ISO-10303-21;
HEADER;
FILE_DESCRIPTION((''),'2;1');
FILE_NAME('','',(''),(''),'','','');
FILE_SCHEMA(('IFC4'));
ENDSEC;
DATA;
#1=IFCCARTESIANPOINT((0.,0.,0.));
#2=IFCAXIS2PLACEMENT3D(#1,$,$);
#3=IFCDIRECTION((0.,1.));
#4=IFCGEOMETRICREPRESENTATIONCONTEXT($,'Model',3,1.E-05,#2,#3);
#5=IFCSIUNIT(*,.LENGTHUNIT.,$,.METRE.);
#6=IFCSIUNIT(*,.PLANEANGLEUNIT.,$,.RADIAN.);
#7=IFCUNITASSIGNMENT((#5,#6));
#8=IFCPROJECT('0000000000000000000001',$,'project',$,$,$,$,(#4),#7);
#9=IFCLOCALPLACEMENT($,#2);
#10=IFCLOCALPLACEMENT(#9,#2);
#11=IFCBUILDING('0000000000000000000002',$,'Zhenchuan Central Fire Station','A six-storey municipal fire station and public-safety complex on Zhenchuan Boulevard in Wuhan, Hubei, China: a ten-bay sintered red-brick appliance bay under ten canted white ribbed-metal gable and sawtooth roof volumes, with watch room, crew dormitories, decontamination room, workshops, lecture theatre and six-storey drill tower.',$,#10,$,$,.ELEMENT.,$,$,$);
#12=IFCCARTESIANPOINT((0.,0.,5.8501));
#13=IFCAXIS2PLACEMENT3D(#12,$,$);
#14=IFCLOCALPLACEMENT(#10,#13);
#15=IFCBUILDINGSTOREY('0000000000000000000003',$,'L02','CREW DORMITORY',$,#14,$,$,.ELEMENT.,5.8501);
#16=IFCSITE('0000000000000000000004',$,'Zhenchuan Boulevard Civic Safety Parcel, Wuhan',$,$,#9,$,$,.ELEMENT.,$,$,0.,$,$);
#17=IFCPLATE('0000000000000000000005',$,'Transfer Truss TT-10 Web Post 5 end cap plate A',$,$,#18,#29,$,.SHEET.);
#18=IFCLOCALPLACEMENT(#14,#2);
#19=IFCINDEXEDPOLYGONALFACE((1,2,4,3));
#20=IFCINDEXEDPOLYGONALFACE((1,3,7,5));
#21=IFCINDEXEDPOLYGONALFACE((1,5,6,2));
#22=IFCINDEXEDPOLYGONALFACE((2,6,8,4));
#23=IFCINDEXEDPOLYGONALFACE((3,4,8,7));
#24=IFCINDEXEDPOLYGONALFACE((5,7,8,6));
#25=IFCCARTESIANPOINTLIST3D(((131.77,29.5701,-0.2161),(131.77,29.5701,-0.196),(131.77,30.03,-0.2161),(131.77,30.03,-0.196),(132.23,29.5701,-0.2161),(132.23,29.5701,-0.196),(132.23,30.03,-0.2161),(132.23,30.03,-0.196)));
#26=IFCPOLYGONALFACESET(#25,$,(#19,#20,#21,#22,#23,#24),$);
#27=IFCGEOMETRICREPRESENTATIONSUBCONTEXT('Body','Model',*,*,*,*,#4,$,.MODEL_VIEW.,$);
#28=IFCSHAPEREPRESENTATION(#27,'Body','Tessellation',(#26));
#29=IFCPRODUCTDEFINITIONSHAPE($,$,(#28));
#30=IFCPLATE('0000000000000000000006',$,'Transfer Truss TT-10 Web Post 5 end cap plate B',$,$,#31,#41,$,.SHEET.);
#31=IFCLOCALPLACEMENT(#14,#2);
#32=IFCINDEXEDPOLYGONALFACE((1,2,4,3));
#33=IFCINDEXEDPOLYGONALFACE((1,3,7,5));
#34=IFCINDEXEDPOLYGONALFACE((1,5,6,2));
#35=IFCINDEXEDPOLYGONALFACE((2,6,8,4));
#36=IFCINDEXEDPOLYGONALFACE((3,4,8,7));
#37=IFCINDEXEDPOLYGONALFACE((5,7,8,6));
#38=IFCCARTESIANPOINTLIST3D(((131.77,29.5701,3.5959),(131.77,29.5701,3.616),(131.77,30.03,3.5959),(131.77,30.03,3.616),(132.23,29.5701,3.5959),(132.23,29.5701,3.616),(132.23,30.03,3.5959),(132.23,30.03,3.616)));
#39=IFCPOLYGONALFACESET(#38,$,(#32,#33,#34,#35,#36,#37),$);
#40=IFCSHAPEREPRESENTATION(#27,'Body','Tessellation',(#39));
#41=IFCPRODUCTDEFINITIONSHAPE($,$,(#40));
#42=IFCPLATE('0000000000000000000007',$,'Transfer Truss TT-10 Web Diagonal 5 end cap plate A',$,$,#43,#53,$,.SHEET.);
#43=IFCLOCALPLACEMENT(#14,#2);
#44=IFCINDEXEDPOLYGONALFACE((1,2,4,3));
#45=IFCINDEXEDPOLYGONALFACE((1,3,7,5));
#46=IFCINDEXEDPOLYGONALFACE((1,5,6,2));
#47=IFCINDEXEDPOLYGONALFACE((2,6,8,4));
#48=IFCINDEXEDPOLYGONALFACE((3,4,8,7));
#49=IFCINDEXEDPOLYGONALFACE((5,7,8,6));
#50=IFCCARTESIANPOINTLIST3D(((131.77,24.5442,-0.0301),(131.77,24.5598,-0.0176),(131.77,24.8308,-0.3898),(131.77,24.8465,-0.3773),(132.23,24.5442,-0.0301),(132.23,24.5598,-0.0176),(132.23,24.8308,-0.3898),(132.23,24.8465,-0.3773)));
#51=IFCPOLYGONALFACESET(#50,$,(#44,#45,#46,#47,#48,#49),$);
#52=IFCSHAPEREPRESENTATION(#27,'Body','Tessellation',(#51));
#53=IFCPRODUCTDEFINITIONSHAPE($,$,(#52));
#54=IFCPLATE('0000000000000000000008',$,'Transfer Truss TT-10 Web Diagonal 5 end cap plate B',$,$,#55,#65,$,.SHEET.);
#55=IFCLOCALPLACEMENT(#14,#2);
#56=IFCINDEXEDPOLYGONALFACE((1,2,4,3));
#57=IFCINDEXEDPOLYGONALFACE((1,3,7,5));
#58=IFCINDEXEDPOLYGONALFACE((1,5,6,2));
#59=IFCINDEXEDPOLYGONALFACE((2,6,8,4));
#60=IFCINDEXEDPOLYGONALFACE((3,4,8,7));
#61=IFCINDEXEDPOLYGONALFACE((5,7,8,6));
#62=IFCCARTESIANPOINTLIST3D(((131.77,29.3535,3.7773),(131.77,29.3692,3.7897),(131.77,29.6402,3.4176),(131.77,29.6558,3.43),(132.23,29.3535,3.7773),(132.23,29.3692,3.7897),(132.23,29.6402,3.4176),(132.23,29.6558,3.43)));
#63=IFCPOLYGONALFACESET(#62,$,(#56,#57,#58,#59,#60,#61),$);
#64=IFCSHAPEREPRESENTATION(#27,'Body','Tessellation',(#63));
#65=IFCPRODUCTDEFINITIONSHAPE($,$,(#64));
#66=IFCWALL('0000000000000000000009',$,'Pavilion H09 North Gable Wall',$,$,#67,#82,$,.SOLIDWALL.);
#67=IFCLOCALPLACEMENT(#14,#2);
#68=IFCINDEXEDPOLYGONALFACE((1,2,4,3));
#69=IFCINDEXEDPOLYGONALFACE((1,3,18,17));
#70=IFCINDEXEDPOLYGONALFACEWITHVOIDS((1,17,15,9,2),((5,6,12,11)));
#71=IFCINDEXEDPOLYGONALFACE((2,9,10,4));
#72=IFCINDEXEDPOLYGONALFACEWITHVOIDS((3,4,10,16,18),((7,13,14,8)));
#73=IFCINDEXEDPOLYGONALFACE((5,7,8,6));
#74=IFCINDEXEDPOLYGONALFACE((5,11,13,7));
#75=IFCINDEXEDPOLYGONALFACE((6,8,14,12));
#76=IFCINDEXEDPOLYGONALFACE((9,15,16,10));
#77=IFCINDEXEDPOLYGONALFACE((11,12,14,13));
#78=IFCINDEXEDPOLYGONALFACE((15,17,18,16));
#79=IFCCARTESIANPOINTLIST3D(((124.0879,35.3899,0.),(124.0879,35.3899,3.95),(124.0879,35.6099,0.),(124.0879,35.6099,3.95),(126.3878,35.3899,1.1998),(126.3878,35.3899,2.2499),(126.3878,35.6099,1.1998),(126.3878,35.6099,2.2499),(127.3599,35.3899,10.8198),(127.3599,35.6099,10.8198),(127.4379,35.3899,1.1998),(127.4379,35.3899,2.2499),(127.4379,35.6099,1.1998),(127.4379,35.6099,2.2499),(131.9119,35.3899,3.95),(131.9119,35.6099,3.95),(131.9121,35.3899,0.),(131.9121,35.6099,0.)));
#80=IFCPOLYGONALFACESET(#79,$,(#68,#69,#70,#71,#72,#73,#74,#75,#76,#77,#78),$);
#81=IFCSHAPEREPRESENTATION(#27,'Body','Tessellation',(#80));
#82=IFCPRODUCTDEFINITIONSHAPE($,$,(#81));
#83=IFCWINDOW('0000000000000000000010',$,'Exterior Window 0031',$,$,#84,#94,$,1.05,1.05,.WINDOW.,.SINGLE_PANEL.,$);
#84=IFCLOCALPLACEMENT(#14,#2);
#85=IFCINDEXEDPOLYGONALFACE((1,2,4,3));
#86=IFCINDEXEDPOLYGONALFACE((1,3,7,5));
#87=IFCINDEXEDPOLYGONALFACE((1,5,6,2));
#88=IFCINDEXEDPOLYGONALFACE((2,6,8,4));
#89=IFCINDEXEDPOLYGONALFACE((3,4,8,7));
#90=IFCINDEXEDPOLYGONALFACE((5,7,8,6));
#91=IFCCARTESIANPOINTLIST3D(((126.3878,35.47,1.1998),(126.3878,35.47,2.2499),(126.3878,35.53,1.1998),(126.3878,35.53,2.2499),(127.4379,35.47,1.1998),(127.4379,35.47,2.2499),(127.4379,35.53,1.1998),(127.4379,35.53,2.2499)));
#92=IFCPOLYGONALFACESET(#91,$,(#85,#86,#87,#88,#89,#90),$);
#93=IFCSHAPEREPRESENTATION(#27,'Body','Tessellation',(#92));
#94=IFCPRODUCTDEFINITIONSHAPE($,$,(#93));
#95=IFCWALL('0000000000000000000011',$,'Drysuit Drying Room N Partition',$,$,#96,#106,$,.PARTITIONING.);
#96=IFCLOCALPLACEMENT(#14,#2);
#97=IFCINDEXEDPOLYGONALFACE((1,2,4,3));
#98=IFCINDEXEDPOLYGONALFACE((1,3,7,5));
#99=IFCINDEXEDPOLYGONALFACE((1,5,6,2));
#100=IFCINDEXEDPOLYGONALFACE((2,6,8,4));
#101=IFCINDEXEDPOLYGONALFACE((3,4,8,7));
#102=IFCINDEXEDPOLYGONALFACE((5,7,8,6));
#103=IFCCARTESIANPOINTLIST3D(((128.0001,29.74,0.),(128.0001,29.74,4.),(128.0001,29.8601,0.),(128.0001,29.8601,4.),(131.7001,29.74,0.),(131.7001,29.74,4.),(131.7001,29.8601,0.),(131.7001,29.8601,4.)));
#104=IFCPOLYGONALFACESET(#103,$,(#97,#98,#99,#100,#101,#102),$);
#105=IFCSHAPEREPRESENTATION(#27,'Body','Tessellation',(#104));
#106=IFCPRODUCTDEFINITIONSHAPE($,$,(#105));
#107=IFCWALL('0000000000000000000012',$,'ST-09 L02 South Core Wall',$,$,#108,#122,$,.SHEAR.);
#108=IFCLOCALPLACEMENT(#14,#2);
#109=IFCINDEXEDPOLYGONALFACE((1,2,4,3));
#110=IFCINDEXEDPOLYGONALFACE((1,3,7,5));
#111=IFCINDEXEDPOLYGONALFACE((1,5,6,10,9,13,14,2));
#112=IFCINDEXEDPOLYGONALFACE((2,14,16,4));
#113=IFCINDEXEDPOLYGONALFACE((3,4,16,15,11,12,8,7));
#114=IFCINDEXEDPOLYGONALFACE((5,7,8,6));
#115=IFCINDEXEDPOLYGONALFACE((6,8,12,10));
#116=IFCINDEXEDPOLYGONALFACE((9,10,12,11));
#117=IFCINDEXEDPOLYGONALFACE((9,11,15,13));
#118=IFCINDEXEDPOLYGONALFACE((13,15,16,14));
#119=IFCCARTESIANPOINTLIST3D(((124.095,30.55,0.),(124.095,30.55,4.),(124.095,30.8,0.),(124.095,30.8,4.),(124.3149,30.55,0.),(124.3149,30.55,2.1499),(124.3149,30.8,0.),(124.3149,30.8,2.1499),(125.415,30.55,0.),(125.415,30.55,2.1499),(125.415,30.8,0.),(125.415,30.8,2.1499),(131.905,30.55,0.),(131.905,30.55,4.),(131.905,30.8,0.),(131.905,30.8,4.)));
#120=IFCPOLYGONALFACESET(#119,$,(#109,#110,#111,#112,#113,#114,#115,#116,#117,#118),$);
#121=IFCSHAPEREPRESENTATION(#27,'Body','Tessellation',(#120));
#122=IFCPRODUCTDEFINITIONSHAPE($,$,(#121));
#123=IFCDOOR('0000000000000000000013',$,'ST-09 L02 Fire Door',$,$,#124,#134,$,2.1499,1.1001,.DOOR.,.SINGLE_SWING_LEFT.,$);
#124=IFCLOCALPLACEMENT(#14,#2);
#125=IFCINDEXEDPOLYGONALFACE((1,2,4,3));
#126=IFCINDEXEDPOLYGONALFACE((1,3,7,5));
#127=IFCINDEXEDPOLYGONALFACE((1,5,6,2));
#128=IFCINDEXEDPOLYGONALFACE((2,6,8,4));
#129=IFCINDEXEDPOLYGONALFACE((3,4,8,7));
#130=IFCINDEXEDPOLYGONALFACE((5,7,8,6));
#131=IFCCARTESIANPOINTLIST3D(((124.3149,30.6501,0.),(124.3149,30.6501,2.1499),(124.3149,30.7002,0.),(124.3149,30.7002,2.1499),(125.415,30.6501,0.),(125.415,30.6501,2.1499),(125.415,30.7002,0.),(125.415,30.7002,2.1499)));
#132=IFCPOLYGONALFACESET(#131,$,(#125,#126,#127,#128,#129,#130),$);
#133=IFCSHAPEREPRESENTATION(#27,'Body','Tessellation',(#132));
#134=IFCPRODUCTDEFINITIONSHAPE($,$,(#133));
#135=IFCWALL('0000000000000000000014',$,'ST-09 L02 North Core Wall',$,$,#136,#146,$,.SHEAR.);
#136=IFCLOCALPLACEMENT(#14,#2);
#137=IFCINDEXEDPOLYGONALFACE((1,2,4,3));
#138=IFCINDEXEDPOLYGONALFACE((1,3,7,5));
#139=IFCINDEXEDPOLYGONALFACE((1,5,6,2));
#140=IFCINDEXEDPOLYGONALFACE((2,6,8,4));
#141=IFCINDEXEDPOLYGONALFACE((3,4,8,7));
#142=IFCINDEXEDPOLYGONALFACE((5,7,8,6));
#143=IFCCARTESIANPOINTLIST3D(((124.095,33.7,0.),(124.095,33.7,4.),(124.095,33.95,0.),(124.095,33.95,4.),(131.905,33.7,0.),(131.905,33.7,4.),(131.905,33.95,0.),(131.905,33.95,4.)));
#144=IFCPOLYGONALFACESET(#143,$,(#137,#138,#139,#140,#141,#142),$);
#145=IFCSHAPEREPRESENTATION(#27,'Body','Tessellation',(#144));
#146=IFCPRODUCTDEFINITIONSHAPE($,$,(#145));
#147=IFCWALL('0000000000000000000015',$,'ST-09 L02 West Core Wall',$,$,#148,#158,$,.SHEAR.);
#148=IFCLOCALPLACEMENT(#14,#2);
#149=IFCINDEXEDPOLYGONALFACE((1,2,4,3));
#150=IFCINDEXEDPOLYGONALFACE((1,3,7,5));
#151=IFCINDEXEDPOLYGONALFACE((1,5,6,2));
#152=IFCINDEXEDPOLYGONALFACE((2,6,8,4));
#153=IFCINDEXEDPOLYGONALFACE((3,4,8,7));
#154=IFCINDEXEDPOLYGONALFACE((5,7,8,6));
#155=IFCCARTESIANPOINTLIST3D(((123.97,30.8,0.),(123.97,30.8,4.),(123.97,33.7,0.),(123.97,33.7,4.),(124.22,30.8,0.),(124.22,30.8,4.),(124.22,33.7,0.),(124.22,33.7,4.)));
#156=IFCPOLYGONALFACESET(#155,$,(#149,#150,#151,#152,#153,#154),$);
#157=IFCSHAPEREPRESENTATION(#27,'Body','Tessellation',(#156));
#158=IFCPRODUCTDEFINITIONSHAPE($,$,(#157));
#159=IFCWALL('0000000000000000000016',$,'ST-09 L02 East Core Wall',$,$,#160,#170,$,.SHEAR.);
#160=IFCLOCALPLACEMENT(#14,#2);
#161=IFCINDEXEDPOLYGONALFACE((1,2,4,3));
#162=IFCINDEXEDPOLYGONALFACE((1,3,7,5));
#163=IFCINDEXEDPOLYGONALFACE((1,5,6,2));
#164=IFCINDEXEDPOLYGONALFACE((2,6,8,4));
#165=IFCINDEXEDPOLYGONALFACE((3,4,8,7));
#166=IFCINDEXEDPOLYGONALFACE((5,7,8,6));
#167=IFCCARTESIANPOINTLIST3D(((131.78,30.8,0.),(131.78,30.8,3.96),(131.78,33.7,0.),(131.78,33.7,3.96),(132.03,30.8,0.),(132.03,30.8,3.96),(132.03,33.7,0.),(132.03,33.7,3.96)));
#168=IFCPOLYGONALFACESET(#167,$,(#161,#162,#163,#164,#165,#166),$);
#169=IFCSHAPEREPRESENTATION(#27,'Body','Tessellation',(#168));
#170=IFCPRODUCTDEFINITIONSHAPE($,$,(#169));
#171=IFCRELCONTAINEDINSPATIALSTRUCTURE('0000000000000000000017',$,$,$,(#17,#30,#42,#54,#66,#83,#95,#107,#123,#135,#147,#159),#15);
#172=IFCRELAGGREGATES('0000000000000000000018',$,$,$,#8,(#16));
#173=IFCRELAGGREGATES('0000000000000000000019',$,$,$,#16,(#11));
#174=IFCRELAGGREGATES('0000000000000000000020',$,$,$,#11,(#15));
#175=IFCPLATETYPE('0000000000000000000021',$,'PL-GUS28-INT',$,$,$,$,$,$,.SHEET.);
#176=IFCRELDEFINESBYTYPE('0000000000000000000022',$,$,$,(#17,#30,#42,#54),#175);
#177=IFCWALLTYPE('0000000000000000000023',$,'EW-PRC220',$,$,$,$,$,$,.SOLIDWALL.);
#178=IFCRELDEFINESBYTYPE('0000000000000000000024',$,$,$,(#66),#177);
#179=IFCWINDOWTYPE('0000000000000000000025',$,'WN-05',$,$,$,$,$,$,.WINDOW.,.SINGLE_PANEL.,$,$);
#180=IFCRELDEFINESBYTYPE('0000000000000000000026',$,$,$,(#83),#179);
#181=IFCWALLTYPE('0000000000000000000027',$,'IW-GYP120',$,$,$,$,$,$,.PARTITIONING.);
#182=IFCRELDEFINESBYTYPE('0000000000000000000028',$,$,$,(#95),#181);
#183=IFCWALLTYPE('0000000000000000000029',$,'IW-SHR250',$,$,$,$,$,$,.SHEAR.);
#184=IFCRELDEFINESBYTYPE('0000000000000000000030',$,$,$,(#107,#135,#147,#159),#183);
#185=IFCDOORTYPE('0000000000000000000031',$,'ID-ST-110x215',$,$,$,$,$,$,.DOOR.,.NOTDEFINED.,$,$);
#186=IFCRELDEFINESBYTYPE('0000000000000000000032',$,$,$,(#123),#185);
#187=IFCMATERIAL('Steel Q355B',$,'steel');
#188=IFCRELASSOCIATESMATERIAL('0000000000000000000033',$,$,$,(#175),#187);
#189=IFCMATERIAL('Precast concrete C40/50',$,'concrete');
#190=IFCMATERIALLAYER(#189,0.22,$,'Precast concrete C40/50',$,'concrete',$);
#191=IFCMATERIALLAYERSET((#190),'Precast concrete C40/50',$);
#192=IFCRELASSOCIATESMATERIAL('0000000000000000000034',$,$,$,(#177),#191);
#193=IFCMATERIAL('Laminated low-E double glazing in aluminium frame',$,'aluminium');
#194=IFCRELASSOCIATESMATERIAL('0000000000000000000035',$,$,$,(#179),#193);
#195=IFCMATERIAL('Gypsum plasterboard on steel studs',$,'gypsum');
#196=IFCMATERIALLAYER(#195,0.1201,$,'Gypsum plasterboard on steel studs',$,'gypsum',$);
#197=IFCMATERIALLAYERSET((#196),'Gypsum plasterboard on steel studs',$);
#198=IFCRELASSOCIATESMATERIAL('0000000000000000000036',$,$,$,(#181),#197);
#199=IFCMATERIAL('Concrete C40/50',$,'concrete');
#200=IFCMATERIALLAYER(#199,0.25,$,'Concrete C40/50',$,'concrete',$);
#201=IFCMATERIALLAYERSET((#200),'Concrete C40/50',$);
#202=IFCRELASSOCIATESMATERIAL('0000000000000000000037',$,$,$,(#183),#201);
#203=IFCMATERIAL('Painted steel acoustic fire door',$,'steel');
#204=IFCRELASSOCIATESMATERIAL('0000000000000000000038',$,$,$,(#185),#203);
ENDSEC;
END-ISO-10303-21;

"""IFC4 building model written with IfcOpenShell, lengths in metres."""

from ifc_helpers import new_model, si_unit, direction, frame, frame_2d, origin, origin_2d, place, context, subcontext, project, spatial, polyline, rectangle, outline, extrude, material, layer, layer_set, material_profile, profile_set, type_object, element, fill, save


model = new_model("IFC4")

# Units and contexts
model_context = context("Model", 3, precision=1e-05, world=origin(), true_north=direction((0.0, 1.0)))
body_context = subcontext(model_context, "Body", "Model", "MODEL_VIEW")
ifc_project = project(units=[si_unit("LENGTHUNIT", "METRE"), si_unit("PLANEANGLEUNIT", "RADIAN")], contexts=[model_context])

# Site, building, storey
site_placement = place(None, origin())
site = spatial("IfcSite", under=ifc_project, at=site_placement, Name="Zhenchuan Boulevard Civic Safety Parcel, Wuhan", CompositionType="ELEMENT", RefElevation=0.0)
building_placement = place(site_placement, origin())
building = spatial("IfcBuilding", under=site, at=building_placement, Name="Zhenchuan Central Fire Station", Description="A six-storey municipal fire station and public-safety complex on Zhenchuan Boulevard in Wuhan, Hubei, China: a ten-bay sintered red-brick appliance bay under ten canted white ribbed-metal gable and sawtooth roof volumes, with watch room, crew dormitories, decontamination room, workshops, lecture theatre and six-storey drill tower.", CompositionType="ELEMENT")
storey_placement = place(building_placement, frame((0.0, 0.0, 5.8501)))
storey = spatial("IfcBuildingStorey", under=building, at=storey_placement, Name="L02", Description="CREW DORMITORY", CompositionType="ELEMENT", Elevation=5.8501)

# Shared definitions
ifc_material_1 = material(Name="Steel Q355B", Category="steel")

# Plates
ifc_material_profile_1 = material_profile(ifc_material_1, rectangle(XDim=0.46, YDim=0.46, at=origin_2d()), Name="PL 460x460x28")
ifc_profile_set_1 = profile_set([ifc_material_profile_1], Name="Steel Q355B")
plate_type_1 = type_object("IfcPlateType", Name="PL-GUS28-INT", PredefinedType="SHEET", material=ifc_profile_set_1)
for number, where, z_axis, x_axis, name in (
    (1, (132.0, 29.8, -0.2161), (0.0, 0.0, 1.0), (1.0, 0.0, 0.0), "Transfer Truss TT-10 Web Post 5 end cap plate A"),
    (2, (132.0, 29.8, 3.5959), (0.0, 0.0, 1.0), (1.0, 0.0, 0.0), "Transfer Truss TT-10 Web Post 5 end cap plate B"),
    (3, (132.0, 24.6875, -0.21), (0.0, 0.78206, 0.623204), (-1.0, 0.0, 0.0), "Transfer Truss TT-10 Web Diagonal 5 end cap plate A"),
    (4, (132.0, 29.4968, 3.5974), (0.0, 0.78206, 0.623204), (-1.0, 0.0, 0.0), "Transfer Truss TT-10 Web Diagonal 5 end cap plate B"),
):
    element("IfcPlate", number, at=place(storey_placement, frame(where, z_axis=z_axis, x_axis=x_axis)), inside=storey, type_object=plate_type_1, Name=name, PredefinedType="SHEET", context=body_context, shape_type="SweptSolid", body=[
        extrude(rectangle(XDim=0.46, YDim=0.46, at=origin_2d()), origin(), (0.0, 0.0, 1.0), 0.02),
    ])

# Wall, opening, window
ifc_material_2 = material(Name="Precast concrete C40/50", Category="concrete")
ifc_layer_1 = layer(ifc_material_2, 0.22, Name="Precast concrete C40/50", Category="concrete")
ifc_layer_set_1 = layer_set([ifc_layer_1], Name="Precast concrete C40/50")
wall_type_1 = type_object("IfcWallType", Name="EW-PRC220", PredefinedType="SOLIDWALL", material=ifc_layer_set_1)
wall_1_placement = place(storey_placement, frame((124.0879, 35.5, 0.0), z_axis=(0.0, 0.0, 1.0), x_axis=(1.0, 0.0, 0.0)))
wall_1 = element("IfcWall", 5, at=wall_1_placement, inside=storey, type_object=wall_type_1, Name="Pavilion H09 North Gable Wall", PredefinedType="SOLIDWALL", context=body_context, shape_type="SweptSolid", body=[
    extrude(outline(polyline([(0.0, 0.0), (7.8242, 0.0), (7.824, 3.95), (3.272, 10.8198), (0.0, 3.95), (0.0, 0.0)])), frame((0.0, 0.1099, 0.0), z_axis=(0.0, -1.0, 0.0), x_axis=(1.0, 0.0, 0.0)), (0.0, 0.0, 1.0), 0.22),
])
opening_1_placement = place(wall_1_placement, frame((2.3, 0.0, 1.2)))
opening_1 = element("IfcOpeningElement", 6, at=opening_1_placement, cuts=wall_1, PredefinedType="OPENING", context=body_context, shape_type="SweptSolid", body=[
    extrude(rectangle(XDim=1.05, YDim=1.05, at=frame_2d((0.5249, 0.5249))), frame((0.0, 0.1199, 0.0), z_axis=(0.0, -1.0, 0.0), x_axis=(1.0, 0.0, 0.0)), (0.0, 0.0, 1.0), 0.24),
])
ifc_material_3 = material(Name="Laminated low-E double glazing in aluminium frame", Category="aluminium")
window_type = type_object("IfcWindowType", Name="WN-05", PartitioningType="SINGLE_PANEL", PredefinedType="WINDOW", material=ifc_material_3)
window_placement = place(opening_1_placement, origin())
window = element("IfcWindow", 7, at=window_placement, inside=storey, type_object=window_type, Name="Exterior Window 0031", OverallHeight=1.05, OverallWidth=1.05, PartitioningType="SINGLE_PANEL", PredefinedType="WINDOW", context=body_context, shape_type="SweptSolid", body=[
    extrude(rectangle(XDim=1.05, YDim=1.05, at=frame_2d((0.5249, 0.5249))), frame((0.0, 0.03, 0.0), z_axis=(0.0, -1.0, 0.0), x_axis=(1.0, 0.0, 0.0)), (0.0, 0.0, 1.0), 0.0601),
])
fill(opening_1, window)

# Wall
ifc_material_4 = material(Name="Gypsum plasterboard on steel studs", Category="gypsum")
ifc_layer_2 = layer(ifc_material_4, 0.1201, Name="Gypsum plasterboard on steel studs", Category="gypsum")
ifc_layer_set_2 = layer_set([ifc_layer_2], Name="Gypsum plasterboard on steel studs")
wall_type_2 = type_object("IfcWallType", Name="IW-GYP120", PredefinedType="PARTITIONING", material=ifc_layer_set_2)
wall_2_placement = place(storey_placement, frame((128.0, 29.8, 0.0), z_axis=(0.0, 0.0, 1.0), x_axis=(1.0, 0.0, 0.0)))
element("IfcWall", 8, at=wall_2_placement, inside=storey, type_object=wall_type_2, Name="Drysuit Drying Room N Partition", PredefinedType="PARTITIONING", context=body_context, shape_type="SweptSolid", body=[
    extrude(rectangle(XDim=3.7, YDim=0.1201, at=frame_2d((1.8501, 0.0))), origin(), (0.0, 0.0, 1.0), 4.0),
])

# Wall, opening, door
ifc_material_5 = material(Name="Concrete C40/50", Category="concrete")
ifc_layer_3 = layer(ifc_material_5, 0.25, Name="Concrete C40/50", Category="concrete")
ifc_layer_set_3 = layer_set([ifc_layer_3], Name="Concrete C40/50")
wall_type_3 = type_object("IfcWallType", Name="IW-SHR250", PredefinedType="SHEAR", material=ifc_layer_set_3)
wall_3_placement = place(storey_placement, frame((124.095, 30.675, 0.0), z_axis=(0.0, 0.0, 1.0), x_axis=(1.0, 0.0, 0.0)))
wall_3 = element("IfcWall", 9, at=wall_3_placement, inside=storey, type_object=wall_type_3, Name="ST-09 L02 South Core Wall", PredefinedType="SHEAR", context=body_context, shape_type="SweptSolid", body=[
    extrude(rectangle(XDim=7.8101, YDim=0.25, at=frame_2d((3.905, 0.0))), origin(), (0.0, 0.0, 1.0), 4.0),
])
opening_2_placement = place(wall_3_placement, frame((0.22, 0.0, 0.0)))
opening_2 = element("IfcOpeningElement", 10, at=opening_2_placement, cuts=wall_3, PredefinedType="OPENING", context=body_context, shape_type="SweptSolid", body=[
    extrude(rectangle(XDim=1.1001, YDim=2.1499, at=frame_2d((0.55, 1.075))), frame((0.0, 0.135, 0.0), z_axis=(0.0, -1.0, 0.0), x_axis=(1.0, 0.0, 0.0)), (0.0, 0.0, 1.0), 0.27),
])
ifc_material_6 = material(Name="Painted steel acoustic fire door", Category="steel")
door_type = type_object("IfcDoorType", Name="ID-ST-110x215", OperationType="NOTDEFINED", PredefinedType="DOOR", material=ifc_material_6)
door_placement = place(opening_2_placement, frame((1.1001, 0.0, 0.0), z_axis=(0.0, 0.0, 1.0), x_axis=(-1.0, 0.0, 0.0)))
door = element("IfcDoor", 11, at=door_placement, inside=storey, type_object=door_type, Name="ST-09 L02 Fire Door", OperationType="SINGLE_SWING_LEFT", OverallHeight=2.1499, OverallWidth=1.1001, PredefinedType="DOOR", context=body_context, shape_type="SweptSolid", body=[
    extrude(rectangle(XDim=1.1001, YDim=2.1499, at=frame_2d((0.55, 1.075))), frame((0.0, 0.0249, 0.0), z_axis=(0.0, -1.0, 0.0), x_axis=(1.0, 0.0, 0.0)), (0.0, 0.0, 1.0), 0.05),
])
fill(opening_2, door)

# Walls
wall_4_placement = place(storey_placement, frame((124.095, 33.825, 0.0), z_axis=(0.0, 0.0, 1.0), x_axis=(1.0, 0.0, 0.0)))
element("IfcWall", 12, at=wall_4_placement, inside=storey, type_object=wall_type_3, Name="ST-09 L02 North Core Wall", PredefinedType="SHEAR", context=body_context, shape_type="SweptSolid", body=[
    extrude(rectangle(XDim=7.8101, YDim=0.25, at=frame_2d((3.905, 0.0))), origin(), (0.0, 0.0, 1.0), 4.0),
])
wall_5_placement = place(storey_placement, frame((124.095, 30.8, 0.0), z_axis=(0.0, 0.0, 1.0), x_axis=(0.0, 1.0, 0.0)))
element("IfcWall", 13, at=wall_5_placement, inside=storey, type_object=wall_type_3, Name="ST-09 L02 West Core Wall", PredefinedType="SHEAR", context=body_context, shape_type="SweptSolid", body=[
    extrude(rectangle(XDim=2.8999, YDim=0.25, at=frame_2d((1.45, 0.0))), origin(), (0.0, 0.0, 1.0), 4.0),
])
wall_6_placement = place(storey_placement, frame((131.905, 30.8, 0.0), z_axis=(0.0, 0.0, 1.0), x_axis=(0.0, 1.0, 0.0)))
element("IfcWall", 14, at=wall_6_placement, inside=storey, type_object=wall_type_3, Name="ST-09 L02 East Core Wall", PredefinedType="SHEAR", context=body_context, shape_type="SweptSolid", body=[
    extrude(rectangle(XDim=2.8999, YDim=0.25, at=frame_2d((1.45, 0.0))), origin(), (0.0, 0.0, 1.0), 3.96),
])

save(model, "model.ifc")
